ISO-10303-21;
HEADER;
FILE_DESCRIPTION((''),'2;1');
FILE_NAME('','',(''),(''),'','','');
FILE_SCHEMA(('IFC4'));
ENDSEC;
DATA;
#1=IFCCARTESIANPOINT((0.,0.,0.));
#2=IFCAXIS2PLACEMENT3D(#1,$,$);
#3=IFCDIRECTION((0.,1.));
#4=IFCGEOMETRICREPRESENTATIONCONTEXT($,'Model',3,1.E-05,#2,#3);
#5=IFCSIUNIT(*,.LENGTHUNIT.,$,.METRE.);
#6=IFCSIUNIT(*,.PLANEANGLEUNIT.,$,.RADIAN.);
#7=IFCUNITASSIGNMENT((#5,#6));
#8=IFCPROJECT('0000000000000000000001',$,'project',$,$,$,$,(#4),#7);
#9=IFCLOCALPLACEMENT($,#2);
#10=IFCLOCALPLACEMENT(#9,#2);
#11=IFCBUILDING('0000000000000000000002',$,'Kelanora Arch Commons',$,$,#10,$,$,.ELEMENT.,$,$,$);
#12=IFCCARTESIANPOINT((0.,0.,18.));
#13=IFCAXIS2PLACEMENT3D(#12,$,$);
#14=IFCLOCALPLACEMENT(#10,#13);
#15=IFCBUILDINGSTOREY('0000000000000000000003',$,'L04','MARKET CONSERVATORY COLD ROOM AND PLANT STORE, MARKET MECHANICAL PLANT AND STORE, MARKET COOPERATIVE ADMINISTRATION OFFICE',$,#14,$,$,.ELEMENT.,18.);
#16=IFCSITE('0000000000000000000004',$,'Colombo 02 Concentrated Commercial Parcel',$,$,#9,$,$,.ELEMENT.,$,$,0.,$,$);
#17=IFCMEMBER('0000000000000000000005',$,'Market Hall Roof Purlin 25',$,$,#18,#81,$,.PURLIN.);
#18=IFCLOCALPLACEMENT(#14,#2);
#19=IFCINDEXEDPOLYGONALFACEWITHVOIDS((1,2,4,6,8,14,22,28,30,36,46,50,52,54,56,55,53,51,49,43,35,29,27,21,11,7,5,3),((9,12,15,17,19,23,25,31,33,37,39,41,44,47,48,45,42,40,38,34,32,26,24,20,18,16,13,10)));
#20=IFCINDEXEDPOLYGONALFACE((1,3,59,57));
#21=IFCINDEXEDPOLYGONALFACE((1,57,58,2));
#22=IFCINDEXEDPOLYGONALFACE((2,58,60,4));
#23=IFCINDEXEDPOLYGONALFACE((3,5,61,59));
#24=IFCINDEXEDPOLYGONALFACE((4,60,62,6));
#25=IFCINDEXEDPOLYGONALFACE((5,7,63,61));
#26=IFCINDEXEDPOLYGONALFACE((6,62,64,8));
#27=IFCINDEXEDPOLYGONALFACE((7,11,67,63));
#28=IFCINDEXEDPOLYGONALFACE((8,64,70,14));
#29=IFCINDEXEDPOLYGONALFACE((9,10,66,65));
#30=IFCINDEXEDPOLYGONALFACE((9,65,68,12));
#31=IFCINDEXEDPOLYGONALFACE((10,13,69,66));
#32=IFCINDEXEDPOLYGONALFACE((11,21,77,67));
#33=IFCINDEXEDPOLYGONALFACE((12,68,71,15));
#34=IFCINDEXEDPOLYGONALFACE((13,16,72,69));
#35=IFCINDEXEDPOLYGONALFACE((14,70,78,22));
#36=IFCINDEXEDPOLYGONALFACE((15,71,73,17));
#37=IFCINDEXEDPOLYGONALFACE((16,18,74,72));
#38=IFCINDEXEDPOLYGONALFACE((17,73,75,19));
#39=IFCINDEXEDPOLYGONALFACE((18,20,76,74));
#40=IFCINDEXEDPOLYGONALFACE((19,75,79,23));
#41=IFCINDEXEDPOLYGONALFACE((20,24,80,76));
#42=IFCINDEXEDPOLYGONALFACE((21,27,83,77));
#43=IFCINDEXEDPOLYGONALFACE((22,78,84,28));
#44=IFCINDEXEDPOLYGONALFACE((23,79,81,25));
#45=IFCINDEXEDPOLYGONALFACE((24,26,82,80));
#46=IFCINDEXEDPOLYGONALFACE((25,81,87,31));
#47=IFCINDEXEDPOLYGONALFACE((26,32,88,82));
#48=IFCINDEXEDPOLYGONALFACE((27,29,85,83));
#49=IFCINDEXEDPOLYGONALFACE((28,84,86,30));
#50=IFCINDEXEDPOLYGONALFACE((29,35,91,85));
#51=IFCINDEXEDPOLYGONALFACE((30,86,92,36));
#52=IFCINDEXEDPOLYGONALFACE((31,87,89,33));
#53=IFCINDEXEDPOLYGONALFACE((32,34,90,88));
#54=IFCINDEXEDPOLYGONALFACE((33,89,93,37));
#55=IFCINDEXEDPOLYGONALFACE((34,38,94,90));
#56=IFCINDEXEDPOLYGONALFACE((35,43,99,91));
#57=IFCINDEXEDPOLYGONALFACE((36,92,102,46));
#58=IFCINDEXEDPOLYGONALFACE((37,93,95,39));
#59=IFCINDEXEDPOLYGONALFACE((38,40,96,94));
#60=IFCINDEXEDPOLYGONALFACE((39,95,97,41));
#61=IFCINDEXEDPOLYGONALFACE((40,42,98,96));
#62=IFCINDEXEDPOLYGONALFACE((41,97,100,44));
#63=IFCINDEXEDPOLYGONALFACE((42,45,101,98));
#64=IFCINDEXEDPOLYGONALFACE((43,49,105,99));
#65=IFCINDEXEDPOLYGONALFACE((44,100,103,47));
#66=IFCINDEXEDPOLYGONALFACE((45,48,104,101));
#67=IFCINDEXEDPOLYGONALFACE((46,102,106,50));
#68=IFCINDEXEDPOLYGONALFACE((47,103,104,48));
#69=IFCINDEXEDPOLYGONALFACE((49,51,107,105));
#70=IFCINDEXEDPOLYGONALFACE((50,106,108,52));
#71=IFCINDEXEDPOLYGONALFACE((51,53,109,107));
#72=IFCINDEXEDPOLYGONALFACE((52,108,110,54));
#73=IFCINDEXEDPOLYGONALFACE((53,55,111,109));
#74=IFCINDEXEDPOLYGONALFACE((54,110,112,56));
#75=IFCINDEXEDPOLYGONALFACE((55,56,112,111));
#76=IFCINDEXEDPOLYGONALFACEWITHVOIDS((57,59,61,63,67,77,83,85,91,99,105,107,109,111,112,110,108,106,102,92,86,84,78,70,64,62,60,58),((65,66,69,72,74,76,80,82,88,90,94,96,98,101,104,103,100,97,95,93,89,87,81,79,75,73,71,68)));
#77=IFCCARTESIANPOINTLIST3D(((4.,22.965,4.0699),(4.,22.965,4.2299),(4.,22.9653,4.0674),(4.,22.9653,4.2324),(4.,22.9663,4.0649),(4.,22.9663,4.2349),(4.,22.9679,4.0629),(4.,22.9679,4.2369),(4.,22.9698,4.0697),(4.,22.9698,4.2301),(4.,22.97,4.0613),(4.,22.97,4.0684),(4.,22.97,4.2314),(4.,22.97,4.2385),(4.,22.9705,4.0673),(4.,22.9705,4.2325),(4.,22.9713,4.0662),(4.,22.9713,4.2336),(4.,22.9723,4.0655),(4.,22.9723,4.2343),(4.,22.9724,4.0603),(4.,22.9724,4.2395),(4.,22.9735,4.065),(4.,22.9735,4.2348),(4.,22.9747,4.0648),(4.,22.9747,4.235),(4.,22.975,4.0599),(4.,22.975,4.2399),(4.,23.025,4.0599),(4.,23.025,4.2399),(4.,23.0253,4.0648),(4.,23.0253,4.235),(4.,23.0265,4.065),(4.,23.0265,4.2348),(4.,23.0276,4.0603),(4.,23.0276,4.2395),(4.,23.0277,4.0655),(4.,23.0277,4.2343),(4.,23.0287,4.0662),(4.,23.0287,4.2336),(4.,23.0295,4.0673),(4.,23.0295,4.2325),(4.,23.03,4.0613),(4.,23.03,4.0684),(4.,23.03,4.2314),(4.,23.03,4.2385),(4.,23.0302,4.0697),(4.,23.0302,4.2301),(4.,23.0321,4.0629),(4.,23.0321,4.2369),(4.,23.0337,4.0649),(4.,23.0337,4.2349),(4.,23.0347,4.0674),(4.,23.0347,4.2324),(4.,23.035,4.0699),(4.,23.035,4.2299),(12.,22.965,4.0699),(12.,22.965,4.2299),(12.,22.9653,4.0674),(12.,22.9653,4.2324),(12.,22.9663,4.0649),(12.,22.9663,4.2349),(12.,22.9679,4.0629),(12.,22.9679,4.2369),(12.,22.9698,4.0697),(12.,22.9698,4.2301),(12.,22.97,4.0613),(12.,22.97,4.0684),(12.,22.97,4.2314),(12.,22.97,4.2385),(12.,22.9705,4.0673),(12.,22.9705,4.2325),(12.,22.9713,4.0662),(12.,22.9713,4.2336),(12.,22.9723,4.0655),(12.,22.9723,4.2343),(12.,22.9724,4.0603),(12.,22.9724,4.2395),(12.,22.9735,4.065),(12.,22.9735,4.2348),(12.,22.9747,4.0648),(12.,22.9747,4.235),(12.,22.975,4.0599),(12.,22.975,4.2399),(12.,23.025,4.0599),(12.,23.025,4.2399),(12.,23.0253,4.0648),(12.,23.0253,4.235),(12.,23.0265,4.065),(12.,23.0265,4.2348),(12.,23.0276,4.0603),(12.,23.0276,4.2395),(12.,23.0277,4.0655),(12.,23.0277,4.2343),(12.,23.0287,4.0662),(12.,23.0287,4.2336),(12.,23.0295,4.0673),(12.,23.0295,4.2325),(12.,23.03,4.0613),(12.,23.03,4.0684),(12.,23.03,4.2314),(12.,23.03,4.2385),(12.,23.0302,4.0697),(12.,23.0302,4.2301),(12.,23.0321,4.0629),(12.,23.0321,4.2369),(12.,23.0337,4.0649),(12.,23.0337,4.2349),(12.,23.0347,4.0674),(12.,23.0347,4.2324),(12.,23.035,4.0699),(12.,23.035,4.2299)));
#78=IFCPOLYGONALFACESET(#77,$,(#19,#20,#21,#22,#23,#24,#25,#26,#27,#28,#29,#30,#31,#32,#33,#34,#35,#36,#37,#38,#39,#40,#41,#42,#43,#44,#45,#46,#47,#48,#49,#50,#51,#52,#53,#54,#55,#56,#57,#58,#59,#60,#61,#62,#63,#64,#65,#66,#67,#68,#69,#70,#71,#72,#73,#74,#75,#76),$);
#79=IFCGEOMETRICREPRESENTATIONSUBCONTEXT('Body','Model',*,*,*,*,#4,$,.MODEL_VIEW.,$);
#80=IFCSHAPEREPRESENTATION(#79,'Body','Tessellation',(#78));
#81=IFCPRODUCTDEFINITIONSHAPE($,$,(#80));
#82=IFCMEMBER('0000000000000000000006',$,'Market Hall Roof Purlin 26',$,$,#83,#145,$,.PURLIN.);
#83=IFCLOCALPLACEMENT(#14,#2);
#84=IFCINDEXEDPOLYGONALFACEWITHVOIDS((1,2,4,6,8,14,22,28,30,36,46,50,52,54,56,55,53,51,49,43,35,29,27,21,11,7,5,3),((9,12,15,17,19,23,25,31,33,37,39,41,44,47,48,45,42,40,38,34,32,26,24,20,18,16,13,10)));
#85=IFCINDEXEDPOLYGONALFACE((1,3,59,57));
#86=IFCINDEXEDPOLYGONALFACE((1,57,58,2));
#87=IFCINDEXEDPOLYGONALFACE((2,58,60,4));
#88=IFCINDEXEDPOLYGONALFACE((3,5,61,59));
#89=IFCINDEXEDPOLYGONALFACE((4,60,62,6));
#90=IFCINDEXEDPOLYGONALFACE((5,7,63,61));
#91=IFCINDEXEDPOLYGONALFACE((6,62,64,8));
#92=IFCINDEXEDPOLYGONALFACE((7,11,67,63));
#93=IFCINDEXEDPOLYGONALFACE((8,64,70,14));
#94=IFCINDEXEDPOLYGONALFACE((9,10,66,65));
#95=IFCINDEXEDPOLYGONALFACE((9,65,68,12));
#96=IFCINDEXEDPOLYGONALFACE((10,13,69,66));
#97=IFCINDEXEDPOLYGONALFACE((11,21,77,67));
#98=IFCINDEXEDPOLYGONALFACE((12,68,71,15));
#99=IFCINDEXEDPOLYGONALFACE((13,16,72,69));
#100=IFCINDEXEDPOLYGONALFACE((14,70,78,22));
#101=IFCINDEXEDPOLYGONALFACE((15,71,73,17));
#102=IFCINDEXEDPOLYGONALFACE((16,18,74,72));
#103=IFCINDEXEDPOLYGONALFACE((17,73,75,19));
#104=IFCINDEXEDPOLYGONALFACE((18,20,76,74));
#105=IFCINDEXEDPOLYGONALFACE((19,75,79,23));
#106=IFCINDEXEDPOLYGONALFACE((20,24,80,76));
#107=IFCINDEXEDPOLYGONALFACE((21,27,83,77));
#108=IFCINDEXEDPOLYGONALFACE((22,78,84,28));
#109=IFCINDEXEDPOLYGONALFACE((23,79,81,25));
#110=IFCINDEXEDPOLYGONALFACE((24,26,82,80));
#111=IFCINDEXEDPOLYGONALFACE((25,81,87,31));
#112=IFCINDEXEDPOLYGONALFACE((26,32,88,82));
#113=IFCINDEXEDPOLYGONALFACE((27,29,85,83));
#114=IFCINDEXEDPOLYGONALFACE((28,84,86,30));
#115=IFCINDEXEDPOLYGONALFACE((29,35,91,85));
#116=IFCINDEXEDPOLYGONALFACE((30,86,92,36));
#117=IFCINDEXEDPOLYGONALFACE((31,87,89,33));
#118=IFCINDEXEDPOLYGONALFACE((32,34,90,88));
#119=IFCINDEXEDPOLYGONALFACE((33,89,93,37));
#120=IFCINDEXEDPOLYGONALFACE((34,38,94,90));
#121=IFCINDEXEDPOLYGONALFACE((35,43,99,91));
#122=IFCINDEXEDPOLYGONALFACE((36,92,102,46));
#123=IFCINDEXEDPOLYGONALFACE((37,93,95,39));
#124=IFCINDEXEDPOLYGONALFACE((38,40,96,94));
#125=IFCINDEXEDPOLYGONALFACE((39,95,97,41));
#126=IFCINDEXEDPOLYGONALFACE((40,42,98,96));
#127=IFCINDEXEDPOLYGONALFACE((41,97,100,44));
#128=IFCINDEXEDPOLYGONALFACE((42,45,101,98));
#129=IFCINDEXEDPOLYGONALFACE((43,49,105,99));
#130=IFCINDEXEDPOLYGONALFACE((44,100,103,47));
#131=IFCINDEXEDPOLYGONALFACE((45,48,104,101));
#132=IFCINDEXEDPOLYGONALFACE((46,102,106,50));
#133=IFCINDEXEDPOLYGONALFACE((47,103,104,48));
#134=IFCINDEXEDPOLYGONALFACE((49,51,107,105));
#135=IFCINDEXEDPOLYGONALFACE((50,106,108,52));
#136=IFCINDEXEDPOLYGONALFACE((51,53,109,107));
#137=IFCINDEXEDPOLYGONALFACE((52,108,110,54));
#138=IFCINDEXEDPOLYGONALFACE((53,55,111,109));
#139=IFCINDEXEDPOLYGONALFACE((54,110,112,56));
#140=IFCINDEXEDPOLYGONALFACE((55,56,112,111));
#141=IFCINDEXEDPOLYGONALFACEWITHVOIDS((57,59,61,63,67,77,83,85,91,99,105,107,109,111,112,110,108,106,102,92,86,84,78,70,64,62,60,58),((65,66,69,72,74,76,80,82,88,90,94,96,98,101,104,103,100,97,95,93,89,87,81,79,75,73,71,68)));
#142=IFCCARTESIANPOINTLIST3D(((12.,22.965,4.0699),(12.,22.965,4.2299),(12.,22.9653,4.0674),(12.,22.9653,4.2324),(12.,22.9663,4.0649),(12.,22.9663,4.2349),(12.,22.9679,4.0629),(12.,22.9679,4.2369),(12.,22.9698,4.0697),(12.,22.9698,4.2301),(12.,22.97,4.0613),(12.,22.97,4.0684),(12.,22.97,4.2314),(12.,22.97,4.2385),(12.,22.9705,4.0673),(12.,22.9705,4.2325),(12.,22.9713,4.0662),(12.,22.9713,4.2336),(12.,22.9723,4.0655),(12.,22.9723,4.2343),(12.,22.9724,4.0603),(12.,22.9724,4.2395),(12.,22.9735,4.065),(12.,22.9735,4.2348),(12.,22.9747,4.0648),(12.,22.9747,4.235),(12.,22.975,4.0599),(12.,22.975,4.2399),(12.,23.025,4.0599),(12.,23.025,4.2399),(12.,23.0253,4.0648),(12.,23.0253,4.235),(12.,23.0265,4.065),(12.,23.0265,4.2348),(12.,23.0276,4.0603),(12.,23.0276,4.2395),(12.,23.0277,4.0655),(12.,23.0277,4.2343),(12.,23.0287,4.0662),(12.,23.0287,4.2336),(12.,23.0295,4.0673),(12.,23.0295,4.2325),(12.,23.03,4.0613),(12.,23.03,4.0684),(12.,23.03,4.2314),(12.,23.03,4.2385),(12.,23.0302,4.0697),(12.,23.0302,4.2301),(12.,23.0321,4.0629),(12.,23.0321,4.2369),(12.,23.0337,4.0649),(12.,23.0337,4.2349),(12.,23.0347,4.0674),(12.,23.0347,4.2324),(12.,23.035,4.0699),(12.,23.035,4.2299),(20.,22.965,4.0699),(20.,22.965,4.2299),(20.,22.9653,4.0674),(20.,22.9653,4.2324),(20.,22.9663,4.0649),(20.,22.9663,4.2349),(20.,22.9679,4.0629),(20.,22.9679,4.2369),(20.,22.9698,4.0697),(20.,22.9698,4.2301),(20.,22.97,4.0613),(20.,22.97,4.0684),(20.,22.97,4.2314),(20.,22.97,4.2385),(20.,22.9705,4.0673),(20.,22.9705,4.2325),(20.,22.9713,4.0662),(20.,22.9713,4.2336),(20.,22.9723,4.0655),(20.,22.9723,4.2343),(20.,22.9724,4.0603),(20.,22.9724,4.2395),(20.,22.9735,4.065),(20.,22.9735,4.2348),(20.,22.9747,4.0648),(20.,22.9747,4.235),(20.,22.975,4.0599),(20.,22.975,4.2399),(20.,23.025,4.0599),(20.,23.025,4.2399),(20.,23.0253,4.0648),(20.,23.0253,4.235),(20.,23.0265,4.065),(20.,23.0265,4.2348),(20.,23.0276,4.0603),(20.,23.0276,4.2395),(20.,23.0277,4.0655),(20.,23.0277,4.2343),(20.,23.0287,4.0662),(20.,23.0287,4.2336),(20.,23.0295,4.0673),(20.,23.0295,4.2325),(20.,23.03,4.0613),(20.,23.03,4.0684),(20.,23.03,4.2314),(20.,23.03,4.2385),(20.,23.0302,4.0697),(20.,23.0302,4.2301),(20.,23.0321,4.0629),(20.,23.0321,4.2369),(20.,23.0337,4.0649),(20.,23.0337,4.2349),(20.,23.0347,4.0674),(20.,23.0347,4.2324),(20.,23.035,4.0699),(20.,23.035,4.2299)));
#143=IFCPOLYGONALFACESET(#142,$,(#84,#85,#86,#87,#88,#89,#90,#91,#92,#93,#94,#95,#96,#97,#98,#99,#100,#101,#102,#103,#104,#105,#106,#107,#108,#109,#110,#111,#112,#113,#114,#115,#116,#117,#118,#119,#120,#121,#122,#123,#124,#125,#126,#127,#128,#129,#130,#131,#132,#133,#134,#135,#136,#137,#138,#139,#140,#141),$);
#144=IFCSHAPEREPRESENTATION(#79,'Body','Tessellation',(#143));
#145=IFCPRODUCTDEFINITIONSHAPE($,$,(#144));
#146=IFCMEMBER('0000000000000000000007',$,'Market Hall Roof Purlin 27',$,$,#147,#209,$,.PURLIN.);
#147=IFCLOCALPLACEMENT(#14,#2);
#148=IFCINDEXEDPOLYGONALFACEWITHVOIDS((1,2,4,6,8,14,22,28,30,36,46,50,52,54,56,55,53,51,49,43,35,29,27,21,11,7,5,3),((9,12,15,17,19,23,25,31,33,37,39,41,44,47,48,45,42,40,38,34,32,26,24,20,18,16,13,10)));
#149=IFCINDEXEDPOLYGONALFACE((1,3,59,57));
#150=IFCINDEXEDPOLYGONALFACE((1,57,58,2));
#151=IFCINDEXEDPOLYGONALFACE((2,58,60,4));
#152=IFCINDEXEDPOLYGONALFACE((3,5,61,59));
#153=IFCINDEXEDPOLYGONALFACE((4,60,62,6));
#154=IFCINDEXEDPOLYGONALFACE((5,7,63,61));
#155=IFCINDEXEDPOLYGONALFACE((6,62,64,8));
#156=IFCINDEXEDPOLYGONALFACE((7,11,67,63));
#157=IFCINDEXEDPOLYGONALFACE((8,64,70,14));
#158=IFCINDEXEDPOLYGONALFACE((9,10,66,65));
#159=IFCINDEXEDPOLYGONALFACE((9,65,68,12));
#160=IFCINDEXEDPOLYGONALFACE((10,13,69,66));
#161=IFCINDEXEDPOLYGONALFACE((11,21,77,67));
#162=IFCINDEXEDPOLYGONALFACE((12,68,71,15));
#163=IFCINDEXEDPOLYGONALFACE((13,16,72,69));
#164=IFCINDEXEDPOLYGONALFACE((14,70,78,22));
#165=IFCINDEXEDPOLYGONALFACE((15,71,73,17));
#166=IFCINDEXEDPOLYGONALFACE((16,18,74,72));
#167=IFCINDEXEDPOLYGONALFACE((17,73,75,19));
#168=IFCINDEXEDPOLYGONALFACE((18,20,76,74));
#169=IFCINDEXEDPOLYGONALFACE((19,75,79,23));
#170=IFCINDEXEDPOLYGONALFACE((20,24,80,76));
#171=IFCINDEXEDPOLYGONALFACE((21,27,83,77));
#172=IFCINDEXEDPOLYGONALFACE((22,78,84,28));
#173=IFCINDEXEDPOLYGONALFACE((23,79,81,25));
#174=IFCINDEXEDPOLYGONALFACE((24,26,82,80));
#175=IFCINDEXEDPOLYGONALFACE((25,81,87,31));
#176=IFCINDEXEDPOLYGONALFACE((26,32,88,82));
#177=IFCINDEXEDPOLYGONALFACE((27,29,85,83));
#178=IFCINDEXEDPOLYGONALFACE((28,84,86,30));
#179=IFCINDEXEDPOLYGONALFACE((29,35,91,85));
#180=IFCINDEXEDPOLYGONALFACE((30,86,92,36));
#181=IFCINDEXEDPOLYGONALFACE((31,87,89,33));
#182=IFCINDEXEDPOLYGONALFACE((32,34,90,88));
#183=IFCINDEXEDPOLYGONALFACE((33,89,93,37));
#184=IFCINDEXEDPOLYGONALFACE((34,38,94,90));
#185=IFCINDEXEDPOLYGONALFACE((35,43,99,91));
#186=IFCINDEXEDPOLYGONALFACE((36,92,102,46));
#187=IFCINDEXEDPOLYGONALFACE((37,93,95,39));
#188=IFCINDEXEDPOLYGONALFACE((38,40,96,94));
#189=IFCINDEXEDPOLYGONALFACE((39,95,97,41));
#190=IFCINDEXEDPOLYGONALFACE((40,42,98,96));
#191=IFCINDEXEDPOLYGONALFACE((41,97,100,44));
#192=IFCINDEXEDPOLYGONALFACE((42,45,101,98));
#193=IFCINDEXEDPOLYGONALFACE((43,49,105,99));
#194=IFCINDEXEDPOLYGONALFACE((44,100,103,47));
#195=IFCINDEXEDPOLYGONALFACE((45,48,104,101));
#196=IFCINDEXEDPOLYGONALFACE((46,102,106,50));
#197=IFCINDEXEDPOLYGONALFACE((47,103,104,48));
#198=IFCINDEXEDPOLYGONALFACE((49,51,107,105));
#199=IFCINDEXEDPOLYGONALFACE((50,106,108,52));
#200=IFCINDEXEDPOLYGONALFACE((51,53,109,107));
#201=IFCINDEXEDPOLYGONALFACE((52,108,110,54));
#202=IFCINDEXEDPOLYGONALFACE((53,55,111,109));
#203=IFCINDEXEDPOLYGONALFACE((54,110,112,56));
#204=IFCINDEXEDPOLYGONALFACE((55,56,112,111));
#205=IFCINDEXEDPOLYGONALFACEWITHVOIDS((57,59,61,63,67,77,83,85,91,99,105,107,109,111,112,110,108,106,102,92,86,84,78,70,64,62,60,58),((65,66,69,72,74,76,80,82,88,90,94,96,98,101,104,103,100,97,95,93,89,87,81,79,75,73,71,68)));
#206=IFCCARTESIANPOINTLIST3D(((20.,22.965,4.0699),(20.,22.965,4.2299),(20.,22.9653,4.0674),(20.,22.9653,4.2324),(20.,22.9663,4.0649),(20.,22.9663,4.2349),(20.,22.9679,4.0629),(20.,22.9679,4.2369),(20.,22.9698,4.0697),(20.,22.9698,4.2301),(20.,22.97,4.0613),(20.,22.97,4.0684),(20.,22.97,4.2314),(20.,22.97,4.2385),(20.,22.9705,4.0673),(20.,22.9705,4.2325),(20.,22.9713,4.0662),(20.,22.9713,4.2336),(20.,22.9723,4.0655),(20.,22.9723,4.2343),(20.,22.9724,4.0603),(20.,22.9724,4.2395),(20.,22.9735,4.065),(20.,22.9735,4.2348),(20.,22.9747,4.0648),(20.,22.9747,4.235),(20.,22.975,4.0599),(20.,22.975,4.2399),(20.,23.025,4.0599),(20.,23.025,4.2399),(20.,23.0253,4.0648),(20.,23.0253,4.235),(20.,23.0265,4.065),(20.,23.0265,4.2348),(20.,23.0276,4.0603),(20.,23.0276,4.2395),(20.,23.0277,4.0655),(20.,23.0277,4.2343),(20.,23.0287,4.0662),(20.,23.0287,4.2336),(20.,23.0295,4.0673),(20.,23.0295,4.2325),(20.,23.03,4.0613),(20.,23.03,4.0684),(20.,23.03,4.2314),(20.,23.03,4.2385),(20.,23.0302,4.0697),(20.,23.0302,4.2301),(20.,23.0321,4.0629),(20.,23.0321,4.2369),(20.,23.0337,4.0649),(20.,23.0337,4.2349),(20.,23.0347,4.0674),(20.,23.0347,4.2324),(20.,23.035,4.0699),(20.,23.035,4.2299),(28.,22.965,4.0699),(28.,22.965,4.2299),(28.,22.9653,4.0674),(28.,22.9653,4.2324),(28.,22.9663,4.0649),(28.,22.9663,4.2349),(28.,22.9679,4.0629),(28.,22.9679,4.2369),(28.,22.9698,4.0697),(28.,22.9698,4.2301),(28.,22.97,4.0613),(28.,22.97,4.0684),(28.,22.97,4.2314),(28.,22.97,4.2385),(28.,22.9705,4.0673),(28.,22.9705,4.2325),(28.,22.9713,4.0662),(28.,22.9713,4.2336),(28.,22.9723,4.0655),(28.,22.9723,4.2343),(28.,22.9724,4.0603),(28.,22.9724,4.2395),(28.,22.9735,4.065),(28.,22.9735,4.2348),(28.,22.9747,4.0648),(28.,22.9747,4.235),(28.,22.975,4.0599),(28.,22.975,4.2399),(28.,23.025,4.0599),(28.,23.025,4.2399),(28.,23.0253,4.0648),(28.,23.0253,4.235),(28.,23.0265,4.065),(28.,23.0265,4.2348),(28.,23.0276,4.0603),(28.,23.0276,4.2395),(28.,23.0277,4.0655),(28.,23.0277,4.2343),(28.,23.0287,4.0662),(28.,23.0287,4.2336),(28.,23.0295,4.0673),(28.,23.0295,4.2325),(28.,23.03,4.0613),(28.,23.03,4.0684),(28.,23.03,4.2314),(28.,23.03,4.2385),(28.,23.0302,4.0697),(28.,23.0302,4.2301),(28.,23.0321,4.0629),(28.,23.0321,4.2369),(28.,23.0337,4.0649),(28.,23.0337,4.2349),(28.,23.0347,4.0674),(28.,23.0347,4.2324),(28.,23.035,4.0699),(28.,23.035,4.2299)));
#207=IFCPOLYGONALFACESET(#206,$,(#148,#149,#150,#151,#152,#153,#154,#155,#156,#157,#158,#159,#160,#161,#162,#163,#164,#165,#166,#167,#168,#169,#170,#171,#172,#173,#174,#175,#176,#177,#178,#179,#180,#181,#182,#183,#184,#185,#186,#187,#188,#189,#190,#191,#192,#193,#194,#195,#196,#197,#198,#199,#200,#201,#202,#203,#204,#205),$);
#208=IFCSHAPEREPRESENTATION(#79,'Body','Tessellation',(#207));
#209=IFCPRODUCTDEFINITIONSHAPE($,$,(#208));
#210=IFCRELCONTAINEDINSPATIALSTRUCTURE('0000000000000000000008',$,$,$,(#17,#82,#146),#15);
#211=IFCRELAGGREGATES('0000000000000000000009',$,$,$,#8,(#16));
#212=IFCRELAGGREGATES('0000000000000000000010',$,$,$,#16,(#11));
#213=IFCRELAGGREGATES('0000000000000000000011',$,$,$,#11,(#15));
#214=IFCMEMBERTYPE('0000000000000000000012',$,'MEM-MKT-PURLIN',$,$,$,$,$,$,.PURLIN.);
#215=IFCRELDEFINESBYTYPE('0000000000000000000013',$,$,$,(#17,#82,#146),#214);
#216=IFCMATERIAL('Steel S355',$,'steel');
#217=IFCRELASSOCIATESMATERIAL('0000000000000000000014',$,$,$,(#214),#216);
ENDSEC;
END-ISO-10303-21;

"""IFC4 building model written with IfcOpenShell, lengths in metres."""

from ifc_helpers import new_model, si_unit, direction, frame, origin, origin_2d, place, context, subcontext, project, spatial, hollow_rectangle, extrude, material, material_profile, profile_set, type_object, element, save


model = new_model("IFC4")

# Units and contexts
model_context = context("Model", 3, precision=1e-05, world=origin(), true_north=direction((0.0, 1.0)))
body_context = subcontext(model_context, "Body", "Model", "MODEL_VIEW")
ifc_project = project(units=[si_unit("LENGTHUNIT", "METRE"), si_unit("PLANEANGLEUNIT", "RADIAN")], contexts=[model_context])

# Site, building, storey
site_placement = place(None, origin())
site = spatial("IfcSite", under=ifc_project, at=site_placement, Name="Colombo 02 Concentrated Commercial Parcel", CompositionType="ELEMENT", RefElevation=0.0)
building_placement = place(site_placement, origin())
building = spatial("IfcBuilding", under=site, at=building_placement, Name="Kelanora Arch Commons", CompositionType="ELEMENT")
storey_placement = place(building_placement, frame((0.0, 0.0, 18.0)))
storey = spatial("IfcBuildingStorey", under=building, at=storey_placement, Name="L04", Description="MARKET CONSERVATORY COLD ROOM AND PLANT STORE, MARKET MECHANICAL PLANT AND STORE, MARKET COOPERATIVE ADMINISTRATION OFFICE", CompositionType="ELEMENT", Elevation=18.0)

# Shared definitions
ifc_material_1 = material(Name="Steel S355", Category="steel")

# Members
ifc_material_profile_1 = material_profile(ifc_material_1, hollow_rectangle(XDim=0.0701, YDim=0.1799, WallThickness=0.0049, InnerFilletRadius=0.0049, OuterFilletRadius=0.01, at=origin_2d()), Name="RHS180x70x5")
ifc_profile_set_1 = profile_set([ifc_material_profile_1], Name="Steel S355")
member_type = type_object("IfcMemberType", Name="MEM-MKT-PURLIN", PredefinedType="PURLIN", material=ifc_profile_set_1)
for number, where, z_axis, x_axis, name in (
    (1, (4.0, 23.0, 4.1499), (1.0, 0.0, 0.0), (0.0, 1.0, 0.0), "Market Hall Roof Purlin 25"),
    (2, (12.0, 23.0, 4.1499), (1.0, 0.0, 0.0), (0.0, 1.0, 0.0), "Market Hall Roof Purlin 26"),
    (3, (20.0, 23.0, 4.1499), (1.0, 0.0, 0.0), (0.0, 1.0, 0.0), "Market Hall Roof Purlin 27"),
):
    element("IfcMember", number, at=place(storey_placement, frame(where, z_axis=z_axis, x_axis=x_axis)), inside=storey, type_object=member_type, Name=name, PredefinedType="PURLIN", context=body_context, shape_type="SweptSolid", body=[
        extrude(hollow_rectangle(XDim=0.0701, YDim=0.1799, WallThickness=0.0049, InnerFilletRadius=0.0049, OuterFilletRadius=0.01, at=origin_2d()), origin(), (0.0, 0.0, 1.0), 8.0),
    ])

save(model, "model.ifc")
